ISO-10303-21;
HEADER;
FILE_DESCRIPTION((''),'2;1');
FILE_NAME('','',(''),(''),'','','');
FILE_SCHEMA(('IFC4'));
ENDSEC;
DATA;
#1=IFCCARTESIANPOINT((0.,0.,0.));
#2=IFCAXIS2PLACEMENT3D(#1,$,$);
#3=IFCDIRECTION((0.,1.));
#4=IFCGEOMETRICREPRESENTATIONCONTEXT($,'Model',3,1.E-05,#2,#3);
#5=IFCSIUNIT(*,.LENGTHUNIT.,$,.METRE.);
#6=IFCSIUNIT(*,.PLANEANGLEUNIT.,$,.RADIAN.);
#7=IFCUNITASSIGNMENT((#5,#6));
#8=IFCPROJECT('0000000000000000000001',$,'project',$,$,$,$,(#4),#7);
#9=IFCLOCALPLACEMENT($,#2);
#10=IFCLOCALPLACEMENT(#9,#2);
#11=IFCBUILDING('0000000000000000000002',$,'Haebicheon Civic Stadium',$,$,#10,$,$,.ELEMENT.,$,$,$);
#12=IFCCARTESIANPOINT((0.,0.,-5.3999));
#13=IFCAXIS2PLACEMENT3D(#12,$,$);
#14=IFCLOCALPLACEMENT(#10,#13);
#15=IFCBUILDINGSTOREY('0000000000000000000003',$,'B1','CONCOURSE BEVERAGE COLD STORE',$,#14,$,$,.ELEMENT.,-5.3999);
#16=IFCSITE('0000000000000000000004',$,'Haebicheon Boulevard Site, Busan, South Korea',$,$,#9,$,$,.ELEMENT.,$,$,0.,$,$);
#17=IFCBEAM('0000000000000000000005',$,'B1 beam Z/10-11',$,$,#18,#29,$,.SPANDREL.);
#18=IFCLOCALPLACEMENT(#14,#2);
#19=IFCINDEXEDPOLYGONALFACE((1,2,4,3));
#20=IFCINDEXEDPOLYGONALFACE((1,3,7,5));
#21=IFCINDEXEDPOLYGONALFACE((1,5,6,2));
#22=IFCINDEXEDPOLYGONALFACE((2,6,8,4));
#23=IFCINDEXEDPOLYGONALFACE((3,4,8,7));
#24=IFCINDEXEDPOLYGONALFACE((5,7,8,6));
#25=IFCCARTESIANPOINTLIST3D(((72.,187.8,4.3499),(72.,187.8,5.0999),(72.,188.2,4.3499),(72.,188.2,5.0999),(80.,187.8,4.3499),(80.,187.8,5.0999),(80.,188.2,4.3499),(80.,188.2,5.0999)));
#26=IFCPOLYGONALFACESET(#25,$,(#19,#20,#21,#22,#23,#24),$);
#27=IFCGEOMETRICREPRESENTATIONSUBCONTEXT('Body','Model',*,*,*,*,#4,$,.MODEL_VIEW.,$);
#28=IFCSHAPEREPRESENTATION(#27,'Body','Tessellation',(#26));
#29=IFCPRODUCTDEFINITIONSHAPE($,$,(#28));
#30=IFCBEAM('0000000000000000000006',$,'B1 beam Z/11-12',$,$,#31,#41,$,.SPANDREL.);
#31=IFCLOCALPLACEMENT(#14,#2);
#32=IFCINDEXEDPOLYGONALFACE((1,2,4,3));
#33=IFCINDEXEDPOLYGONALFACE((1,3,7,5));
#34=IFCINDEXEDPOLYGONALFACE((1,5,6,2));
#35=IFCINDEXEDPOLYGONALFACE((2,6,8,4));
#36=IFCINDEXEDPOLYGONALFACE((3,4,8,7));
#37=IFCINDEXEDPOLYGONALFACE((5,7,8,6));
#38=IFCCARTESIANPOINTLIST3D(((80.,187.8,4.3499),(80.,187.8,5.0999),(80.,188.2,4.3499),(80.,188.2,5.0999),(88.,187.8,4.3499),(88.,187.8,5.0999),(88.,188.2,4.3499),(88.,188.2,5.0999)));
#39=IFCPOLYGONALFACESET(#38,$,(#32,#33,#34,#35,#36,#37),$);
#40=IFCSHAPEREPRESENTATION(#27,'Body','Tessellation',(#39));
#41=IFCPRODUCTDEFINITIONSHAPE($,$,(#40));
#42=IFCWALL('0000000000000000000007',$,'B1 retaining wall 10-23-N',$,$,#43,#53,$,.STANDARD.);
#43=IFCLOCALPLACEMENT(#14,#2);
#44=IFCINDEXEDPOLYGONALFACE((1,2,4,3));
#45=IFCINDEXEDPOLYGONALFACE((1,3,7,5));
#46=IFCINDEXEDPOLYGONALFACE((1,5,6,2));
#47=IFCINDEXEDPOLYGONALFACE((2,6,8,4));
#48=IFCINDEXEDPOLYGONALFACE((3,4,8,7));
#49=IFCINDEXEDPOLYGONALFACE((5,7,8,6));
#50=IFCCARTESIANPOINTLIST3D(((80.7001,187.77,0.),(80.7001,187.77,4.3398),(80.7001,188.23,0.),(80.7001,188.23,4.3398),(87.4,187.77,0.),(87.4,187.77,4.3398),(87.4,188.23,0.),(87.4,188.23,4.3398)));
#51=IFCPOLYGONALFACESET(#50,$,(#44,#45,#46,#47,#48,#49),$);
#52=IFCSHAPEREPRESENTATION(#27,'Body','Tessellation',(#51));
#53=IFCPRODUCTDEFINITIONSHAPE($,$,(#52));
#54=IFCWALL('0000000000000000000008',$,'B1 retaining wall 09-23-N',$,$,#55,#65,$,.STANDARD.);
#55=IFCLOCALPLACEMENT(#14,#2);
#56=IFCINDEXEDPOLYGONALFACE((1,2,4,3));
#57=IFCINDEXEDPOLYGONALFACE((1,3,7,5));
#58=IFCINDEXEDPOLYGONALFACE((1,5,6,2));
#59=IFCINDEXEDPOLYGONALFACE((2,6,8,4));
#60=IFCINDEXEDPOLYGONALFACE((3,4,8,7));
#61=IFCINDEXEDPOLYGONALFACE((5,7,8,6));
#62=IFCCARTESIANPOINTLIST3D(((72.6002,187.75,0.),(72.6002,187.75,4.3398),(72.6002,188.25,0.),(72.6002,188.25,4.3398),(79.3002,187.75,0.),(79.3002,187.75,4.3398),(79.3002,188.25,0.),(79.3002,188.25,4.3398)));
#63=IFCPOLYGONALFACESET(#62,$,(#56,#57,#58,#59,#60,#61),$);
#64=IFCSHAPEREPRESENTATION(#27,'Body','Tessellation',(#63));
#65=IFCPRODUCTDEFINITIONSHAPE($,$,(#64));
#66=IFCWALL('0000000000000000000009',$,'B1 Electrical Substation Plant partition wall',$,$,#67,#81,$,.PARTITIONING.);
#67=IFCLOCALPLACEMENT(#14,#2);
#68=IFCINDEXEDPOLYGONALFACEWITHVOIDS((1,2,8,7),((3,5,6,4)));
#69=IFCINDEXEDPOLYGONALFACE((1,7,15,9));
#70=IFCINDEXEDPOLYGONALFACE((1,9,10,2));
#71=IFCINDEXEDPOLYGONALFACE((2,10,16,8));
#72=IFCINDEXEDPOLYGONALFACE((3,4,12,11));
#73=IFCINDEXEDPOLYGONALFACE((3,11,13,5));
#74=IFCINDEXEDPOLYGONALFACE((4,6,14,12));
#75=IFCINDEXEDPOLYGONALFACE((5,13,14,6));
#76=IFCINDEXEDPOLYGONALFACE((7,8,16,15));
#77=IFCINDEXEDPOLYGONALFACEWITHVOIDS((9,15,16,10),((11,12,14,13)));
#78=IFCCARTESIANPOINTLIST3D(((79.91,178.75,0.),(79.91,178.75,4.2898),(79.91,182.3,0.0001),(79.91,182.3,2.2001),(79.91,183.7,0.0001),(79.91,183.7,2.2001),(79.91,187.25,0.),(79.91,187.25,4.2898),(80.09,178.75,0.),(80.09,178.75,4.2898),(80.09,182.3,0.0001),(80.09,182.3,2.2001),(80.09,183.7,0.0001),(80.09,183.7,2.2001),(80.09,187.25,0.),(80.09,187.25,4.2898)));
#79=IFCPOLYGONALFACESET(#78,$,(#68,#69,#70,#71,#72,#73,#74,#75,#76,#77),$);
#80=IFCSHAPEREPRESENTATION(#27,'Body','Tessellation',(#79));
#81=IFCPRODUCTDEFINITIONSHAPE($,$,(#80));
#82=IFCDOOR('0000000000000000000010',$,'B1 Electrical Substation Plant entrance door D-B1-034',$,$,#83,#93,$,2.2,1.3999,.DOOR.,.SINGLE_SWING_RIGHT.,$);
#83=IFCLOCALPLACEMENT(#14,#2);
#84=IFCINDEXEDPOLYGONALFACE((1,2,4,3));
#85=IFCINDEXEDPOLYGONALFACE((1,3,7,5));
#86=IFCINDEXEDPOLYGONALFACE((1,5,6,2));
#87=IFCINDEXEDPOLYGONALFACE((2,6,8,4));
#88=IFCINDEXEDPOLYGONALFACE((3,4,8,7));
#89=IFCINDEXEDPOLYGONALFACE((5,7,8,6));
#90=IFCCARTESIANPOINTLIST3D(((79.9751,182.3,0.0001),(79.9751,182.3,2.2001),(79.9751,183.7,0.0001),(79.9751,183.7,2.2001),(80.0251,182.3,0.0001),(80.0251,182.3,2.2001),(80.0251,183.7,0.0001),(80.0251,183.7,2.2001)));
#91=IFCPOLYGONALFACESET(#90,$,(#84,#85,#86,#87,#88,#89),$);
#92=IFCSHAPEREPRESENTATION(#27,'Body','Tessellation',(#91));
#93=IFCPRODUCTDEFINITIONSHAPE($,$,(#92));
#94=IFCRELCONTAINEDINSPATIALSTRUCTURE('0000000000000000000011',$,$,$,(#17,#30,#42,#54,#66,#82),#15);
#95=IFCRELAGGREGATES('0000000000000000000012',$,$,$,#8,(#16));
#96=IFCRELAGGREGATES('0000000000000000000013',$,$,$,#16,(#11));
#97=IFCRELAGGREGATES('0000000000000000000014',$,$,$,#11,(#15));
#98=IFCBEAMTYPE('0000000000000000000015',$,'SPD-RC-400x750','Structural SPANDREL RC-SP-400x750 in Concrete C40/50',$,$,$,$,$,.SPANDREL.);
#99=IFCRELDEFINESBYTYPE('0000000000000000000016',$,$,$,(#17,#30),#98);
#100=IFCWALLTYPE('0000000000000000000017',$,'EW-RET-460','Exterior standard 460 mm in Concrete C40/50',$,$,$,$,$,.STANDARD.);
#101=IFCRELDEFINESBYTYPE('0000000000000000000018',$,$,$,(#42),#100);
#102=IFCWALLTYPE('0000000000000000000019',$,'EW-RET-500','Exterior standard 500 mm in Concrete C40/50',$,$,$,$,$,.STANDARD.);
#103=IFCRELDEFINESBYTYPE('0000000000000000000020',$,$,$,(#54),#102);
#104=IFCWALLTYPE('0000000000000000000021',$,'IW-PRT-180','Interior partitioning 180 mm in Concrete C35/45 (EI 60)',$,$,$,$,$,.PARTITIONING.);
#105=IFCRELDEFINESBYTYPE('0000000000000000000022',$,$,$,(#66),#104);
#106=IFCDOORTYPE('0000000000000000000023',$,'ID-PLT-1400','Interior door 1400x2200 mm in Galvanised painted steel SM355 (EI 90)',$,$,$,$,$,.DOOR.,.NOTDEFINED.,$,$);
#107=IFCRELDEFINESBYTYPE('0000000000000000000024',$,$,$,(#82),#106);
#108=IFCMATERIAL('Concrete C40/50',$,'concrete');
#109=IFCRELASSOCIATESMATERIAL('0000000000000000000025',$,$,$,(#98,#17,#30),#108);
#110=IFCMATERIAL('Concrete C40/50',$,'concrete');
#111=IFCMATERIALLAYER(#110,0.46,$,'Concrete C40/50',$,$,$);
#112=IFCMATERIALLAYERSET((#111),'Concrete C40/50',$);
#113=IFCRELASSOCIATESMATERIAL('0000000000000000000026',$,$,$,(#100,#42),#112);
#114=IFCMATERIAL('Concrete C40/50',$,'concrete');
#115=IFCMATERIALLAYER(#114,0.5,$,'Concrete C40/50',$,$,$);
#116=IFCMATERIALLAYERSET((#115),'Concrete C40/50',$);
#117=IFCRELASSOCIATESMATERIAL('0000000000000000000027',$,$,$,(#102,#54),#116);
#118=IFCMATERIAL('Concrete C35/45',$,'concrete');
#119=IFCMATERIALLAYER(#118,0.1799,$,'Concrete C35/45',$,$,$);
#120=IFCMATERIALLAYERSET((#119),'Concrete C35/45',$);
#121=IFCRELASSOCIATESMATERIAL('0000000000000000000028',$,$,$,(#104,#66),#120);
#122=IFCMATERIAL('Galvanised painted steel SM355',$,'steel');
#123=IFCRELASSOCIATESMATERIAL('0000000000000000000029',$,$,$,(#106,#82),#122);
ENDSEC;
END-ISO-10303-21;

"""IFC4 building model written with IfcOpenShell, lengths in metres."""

from ifc_helpers import new_model, si_unit, direction, frame, frame_2d, origin, origin_2d, place, context, subcontext, project, spatial, rectangle, extrude, material, layer, layer_set, material_profile, profile_set, type_object, element, fill, save


model = new_model("IFC4")

# Units and contexts
model_context = context("Model", 3, precision=1e-05, world=origin(), true_north=direction((0.0, 1.0)))
body_context = subcontext(model_context, "Body", "Model", "MODEL_VIEW")
ifc_project = project(units=[si_unit("LENGTHUNIT", "METRE"), si_unit("PLANEANGLEUNIT", "RADIAN")], contexts=[model_context])

# Site, building, storey
site_placement = place(None, origin())
site = spatial("IfcSite", under=ifc_project, at=site_placement, Name="Haebicheon Boulevard Site, Busan, South Korea", CompositionType="ELEMENT", RefElevation=0.0)
building_placement = place(site_placement, origin())
building = spatial("IfcBuilding", under=site, at=building_placement, Name="Haebicheon Civic Stadium", CompositionType="ELEMENT")
storey_placement = place(building_placement, frame((0.0, 0.0, -5.3999)))
storey = spatial("IfcBuildingStorey", under=building, at=storey_placement, Name="B1", Description="CONCOURSE BEVERAGE COLD STORE", CompositionType="ELEMENT", Elevation=-5.3999)

# Beams
ifc_material_1 = material(Name="Concrete C40/50", Category="concrete")
ifc_material_profile_1 = material_profile(ifc_material_1, rectangle(XDim=0.3999, YDim=0.75, at=origin_2d()), Name="RC-SP-400x750")
ifc_profile_set_1 = profile_set([ifc_material_profile_1], Name="Concrete C40/50")
beam_type_1 = type_object("IfcBeamType", Name="SPD-RC-400x750", Description="Structural SPANDREL RC-SP-400x750 in Concrete C40/50", PredefinedType="SPANDREL", material=ifc_profile_set_1)
for number, where, z_axis, x_axis, name in (
    (1, (72.0, 188.0, 4.7249), (1.0, 0.0, 0.0), (0.0, 1.0, 0.0), "B1 beam Z/10-11"),
    (2, (80.0, 188.0, 4.7249), (1.0, 0.0, 0.0), (0.0, 1.0, 0.0), "B1 beam Z/11-12"),
):
    element("IfcBeam", number, at=place(storey_placement, frame(where, z_axis=z_axis, x_axis=x_axis)), inside=storey, type_object=beam_type_1, material=ifc_profile_set_1, Name=name, PredefinedType="SPANDREL", context=body_context, shape_type="SweptSolid", body=[
        extrude(rectangle(XDim=0.3999, YDim=0.75, at=origin_2d()), origin(), (0.0, 0.0, 1.0), 8.0),
    ])

# Walls
ifc_material_2 = material(Name="Concrete C40/50", Category="concrete")
ifc_layer_1 = layer(ifc_material_2, 0.46, Name="Concrete C40/50")
ifc_layer_set_1 = layer_set([ifc_layer_1], Name="Concrete C40/50")
wall_type_1 = type_object("IfcWallType", Name="EW-RET-460", Description="Exterior standard 460 mm in Concrete C40/50", PredefinedType="STANDARD", material=ifc_layer_set_1)
wall_1_placement = place(storey_placement, frame((80.7, 188.0, 0.0), z_axis=(0.0, 0.0, 1.0), x_axis=(1.0, 0.0, 0.0)))
element("IfcWall", 3, at=wall_1_placement, inside=storey, type_object=wall_type_1, material=ifc_layer_set_1, Name="B1 retaining wall 10-23-N", PredefinedType="STANDARD", context=body_context, shape_type="SweptSolid", body=[
    extrude(rectangle(XDim=6.7, YDim=0.46, at=frame_2d((3.3501, 0.0))), origin(), (0.0, 0.0, 1.0), 4.3398),
])
ifc_material_3 = material(Name="Concrete C40/50", Category="concrete")
ifc_layer_2 = layer(ifc_material_3, 0.5, Name="Concrete C40/50")
ifc_layer_set_2 = layer_set([ifc_layer_2], Name="Concrete C40/50")
wall_type_2 = type_object("IfcWallType", Name="EW-RET-500", Description="Exterior standard 500 mm in Concrete C40/50", PredefinedType="STANDARD", material=ifc_layer_set_2)
wall_2_placement = place(storey_placement, frame((72.6001, 188.0, 0.0), z_axis=(0.0, 0.0, 1.0), x_axis=(1.0, 0.0, 0.0)))
element("IfcWall", 4, at=wall_2_placement, inside=storey, type_object=wall_type_2, material=ifc_layer_set_2, Name="B1 retaining wall 09-23-N", PredefinedType="STANDARD", context=body_context, shape_type="SweptSolid", body=[
    extrude(rectangle(XDim=6.7, YDim=0.5, at=frame_2d((3.3501, 0.0))), origin(), (0.0, 0.0, 1.0), 4.3398),
])

# Wall, opening, door
ifc_material_4 = material(Name="Concrete C35/45", Category="concrete")
ifc_layer_3 = layer(ifc_material_4, 0.1799, Name="Concrete C35/45")
ifc_layer_set_3 = layer_set([ifc_layer_3], Name="Concrete C35/45")
wall_type_3 = type_object("IfcWallType", Name="IW-PRT-180", Description="Interior partitioning 180 mm in Concrete C35/45 (EI 60)", PredefinedType="PARTITIONING", material=ifc_layer_set_3)
wall_3_placement = place(storey_placement, frame((80.0, 178.75, 0.0), z_axis=(0.0, 0.0, 1.0), x_axis=(0.0, 1.0, 0.0)))
wall_3 = element("IfcWall", 5, at=wall_3_placement, inside=storey, type_object=wall_type_3, material=ifc_layer_set_3, Name="B1 Electrical Substation Plant partition wall", PredefinedType="PARTITIONING", context=body_context, shape_type="SweptSolid", body=[
    extrude(rectangle(XDim=8.5, YDim=0.1799, at=frame_2d((4.25, 0.0))), origin(), (0.0, 0.0, 1.0), 4.2898),
])
opening_placement = place(wall_3_placement, frame((3.55, 0.0, 0.0)))
opening = element("IfcOpeningElement", 6, at=opening_placement, cuts=wall_3, PredefinedType="OPENING", context=body_context, shape_type="SweptSolid", body=[
    extrude(rectangle(XDim=1.3999, YDim=2.2, at=frame_2d((0.7, 1.1001))), frame((0.0, 0.0999, 0.0), z_axis=(0.0, -1.0, 0.0), x_axis=(1.0, 0.0, 0.0)), (0.0, 0.0, 1.0), 0.2),
])
ifc_material_5 = material(Name="Galvanised painted steel SM355", Category="steel")
door_type = type_object("IfcDoorType", Name="ID-PLT-1400", Description="Interior door 1400x2200 mm in Galvanised painted steel SM355 (EI 90)", OperationType="NOTDEFINED", PredefinedType="DOOR", material=ifc_material_5)
door_placement = place(opening_placement, origin())
door = element("IfcDoor", 7, at=door_placement, inside=storey, type_object=door_type, material=ifc_material_5, Name="B1 Electrical Substation Plant entrance door D-B1-034", OperationType="SINGLE_SWING_RIGHT", OverallHeight=2.2, OverallWidth=1.3999, PredefinedType="DOOR", context=body_context, shape_type="SweptSolid", body=[
    extrude(rectangle(XDim=1.3999, YDim=2.2, at=frame_2d((0.7, 1.1001))), frame((0.0, 0.0249, 0.0), z_axis=(0.0, -1.0, 0.0), x_axis=(1.0, 0.0, 0.0)), (0.0, 0.0, 1.0), 0.05),
])
fill(opening, door)

save(model, "model.ifc")
